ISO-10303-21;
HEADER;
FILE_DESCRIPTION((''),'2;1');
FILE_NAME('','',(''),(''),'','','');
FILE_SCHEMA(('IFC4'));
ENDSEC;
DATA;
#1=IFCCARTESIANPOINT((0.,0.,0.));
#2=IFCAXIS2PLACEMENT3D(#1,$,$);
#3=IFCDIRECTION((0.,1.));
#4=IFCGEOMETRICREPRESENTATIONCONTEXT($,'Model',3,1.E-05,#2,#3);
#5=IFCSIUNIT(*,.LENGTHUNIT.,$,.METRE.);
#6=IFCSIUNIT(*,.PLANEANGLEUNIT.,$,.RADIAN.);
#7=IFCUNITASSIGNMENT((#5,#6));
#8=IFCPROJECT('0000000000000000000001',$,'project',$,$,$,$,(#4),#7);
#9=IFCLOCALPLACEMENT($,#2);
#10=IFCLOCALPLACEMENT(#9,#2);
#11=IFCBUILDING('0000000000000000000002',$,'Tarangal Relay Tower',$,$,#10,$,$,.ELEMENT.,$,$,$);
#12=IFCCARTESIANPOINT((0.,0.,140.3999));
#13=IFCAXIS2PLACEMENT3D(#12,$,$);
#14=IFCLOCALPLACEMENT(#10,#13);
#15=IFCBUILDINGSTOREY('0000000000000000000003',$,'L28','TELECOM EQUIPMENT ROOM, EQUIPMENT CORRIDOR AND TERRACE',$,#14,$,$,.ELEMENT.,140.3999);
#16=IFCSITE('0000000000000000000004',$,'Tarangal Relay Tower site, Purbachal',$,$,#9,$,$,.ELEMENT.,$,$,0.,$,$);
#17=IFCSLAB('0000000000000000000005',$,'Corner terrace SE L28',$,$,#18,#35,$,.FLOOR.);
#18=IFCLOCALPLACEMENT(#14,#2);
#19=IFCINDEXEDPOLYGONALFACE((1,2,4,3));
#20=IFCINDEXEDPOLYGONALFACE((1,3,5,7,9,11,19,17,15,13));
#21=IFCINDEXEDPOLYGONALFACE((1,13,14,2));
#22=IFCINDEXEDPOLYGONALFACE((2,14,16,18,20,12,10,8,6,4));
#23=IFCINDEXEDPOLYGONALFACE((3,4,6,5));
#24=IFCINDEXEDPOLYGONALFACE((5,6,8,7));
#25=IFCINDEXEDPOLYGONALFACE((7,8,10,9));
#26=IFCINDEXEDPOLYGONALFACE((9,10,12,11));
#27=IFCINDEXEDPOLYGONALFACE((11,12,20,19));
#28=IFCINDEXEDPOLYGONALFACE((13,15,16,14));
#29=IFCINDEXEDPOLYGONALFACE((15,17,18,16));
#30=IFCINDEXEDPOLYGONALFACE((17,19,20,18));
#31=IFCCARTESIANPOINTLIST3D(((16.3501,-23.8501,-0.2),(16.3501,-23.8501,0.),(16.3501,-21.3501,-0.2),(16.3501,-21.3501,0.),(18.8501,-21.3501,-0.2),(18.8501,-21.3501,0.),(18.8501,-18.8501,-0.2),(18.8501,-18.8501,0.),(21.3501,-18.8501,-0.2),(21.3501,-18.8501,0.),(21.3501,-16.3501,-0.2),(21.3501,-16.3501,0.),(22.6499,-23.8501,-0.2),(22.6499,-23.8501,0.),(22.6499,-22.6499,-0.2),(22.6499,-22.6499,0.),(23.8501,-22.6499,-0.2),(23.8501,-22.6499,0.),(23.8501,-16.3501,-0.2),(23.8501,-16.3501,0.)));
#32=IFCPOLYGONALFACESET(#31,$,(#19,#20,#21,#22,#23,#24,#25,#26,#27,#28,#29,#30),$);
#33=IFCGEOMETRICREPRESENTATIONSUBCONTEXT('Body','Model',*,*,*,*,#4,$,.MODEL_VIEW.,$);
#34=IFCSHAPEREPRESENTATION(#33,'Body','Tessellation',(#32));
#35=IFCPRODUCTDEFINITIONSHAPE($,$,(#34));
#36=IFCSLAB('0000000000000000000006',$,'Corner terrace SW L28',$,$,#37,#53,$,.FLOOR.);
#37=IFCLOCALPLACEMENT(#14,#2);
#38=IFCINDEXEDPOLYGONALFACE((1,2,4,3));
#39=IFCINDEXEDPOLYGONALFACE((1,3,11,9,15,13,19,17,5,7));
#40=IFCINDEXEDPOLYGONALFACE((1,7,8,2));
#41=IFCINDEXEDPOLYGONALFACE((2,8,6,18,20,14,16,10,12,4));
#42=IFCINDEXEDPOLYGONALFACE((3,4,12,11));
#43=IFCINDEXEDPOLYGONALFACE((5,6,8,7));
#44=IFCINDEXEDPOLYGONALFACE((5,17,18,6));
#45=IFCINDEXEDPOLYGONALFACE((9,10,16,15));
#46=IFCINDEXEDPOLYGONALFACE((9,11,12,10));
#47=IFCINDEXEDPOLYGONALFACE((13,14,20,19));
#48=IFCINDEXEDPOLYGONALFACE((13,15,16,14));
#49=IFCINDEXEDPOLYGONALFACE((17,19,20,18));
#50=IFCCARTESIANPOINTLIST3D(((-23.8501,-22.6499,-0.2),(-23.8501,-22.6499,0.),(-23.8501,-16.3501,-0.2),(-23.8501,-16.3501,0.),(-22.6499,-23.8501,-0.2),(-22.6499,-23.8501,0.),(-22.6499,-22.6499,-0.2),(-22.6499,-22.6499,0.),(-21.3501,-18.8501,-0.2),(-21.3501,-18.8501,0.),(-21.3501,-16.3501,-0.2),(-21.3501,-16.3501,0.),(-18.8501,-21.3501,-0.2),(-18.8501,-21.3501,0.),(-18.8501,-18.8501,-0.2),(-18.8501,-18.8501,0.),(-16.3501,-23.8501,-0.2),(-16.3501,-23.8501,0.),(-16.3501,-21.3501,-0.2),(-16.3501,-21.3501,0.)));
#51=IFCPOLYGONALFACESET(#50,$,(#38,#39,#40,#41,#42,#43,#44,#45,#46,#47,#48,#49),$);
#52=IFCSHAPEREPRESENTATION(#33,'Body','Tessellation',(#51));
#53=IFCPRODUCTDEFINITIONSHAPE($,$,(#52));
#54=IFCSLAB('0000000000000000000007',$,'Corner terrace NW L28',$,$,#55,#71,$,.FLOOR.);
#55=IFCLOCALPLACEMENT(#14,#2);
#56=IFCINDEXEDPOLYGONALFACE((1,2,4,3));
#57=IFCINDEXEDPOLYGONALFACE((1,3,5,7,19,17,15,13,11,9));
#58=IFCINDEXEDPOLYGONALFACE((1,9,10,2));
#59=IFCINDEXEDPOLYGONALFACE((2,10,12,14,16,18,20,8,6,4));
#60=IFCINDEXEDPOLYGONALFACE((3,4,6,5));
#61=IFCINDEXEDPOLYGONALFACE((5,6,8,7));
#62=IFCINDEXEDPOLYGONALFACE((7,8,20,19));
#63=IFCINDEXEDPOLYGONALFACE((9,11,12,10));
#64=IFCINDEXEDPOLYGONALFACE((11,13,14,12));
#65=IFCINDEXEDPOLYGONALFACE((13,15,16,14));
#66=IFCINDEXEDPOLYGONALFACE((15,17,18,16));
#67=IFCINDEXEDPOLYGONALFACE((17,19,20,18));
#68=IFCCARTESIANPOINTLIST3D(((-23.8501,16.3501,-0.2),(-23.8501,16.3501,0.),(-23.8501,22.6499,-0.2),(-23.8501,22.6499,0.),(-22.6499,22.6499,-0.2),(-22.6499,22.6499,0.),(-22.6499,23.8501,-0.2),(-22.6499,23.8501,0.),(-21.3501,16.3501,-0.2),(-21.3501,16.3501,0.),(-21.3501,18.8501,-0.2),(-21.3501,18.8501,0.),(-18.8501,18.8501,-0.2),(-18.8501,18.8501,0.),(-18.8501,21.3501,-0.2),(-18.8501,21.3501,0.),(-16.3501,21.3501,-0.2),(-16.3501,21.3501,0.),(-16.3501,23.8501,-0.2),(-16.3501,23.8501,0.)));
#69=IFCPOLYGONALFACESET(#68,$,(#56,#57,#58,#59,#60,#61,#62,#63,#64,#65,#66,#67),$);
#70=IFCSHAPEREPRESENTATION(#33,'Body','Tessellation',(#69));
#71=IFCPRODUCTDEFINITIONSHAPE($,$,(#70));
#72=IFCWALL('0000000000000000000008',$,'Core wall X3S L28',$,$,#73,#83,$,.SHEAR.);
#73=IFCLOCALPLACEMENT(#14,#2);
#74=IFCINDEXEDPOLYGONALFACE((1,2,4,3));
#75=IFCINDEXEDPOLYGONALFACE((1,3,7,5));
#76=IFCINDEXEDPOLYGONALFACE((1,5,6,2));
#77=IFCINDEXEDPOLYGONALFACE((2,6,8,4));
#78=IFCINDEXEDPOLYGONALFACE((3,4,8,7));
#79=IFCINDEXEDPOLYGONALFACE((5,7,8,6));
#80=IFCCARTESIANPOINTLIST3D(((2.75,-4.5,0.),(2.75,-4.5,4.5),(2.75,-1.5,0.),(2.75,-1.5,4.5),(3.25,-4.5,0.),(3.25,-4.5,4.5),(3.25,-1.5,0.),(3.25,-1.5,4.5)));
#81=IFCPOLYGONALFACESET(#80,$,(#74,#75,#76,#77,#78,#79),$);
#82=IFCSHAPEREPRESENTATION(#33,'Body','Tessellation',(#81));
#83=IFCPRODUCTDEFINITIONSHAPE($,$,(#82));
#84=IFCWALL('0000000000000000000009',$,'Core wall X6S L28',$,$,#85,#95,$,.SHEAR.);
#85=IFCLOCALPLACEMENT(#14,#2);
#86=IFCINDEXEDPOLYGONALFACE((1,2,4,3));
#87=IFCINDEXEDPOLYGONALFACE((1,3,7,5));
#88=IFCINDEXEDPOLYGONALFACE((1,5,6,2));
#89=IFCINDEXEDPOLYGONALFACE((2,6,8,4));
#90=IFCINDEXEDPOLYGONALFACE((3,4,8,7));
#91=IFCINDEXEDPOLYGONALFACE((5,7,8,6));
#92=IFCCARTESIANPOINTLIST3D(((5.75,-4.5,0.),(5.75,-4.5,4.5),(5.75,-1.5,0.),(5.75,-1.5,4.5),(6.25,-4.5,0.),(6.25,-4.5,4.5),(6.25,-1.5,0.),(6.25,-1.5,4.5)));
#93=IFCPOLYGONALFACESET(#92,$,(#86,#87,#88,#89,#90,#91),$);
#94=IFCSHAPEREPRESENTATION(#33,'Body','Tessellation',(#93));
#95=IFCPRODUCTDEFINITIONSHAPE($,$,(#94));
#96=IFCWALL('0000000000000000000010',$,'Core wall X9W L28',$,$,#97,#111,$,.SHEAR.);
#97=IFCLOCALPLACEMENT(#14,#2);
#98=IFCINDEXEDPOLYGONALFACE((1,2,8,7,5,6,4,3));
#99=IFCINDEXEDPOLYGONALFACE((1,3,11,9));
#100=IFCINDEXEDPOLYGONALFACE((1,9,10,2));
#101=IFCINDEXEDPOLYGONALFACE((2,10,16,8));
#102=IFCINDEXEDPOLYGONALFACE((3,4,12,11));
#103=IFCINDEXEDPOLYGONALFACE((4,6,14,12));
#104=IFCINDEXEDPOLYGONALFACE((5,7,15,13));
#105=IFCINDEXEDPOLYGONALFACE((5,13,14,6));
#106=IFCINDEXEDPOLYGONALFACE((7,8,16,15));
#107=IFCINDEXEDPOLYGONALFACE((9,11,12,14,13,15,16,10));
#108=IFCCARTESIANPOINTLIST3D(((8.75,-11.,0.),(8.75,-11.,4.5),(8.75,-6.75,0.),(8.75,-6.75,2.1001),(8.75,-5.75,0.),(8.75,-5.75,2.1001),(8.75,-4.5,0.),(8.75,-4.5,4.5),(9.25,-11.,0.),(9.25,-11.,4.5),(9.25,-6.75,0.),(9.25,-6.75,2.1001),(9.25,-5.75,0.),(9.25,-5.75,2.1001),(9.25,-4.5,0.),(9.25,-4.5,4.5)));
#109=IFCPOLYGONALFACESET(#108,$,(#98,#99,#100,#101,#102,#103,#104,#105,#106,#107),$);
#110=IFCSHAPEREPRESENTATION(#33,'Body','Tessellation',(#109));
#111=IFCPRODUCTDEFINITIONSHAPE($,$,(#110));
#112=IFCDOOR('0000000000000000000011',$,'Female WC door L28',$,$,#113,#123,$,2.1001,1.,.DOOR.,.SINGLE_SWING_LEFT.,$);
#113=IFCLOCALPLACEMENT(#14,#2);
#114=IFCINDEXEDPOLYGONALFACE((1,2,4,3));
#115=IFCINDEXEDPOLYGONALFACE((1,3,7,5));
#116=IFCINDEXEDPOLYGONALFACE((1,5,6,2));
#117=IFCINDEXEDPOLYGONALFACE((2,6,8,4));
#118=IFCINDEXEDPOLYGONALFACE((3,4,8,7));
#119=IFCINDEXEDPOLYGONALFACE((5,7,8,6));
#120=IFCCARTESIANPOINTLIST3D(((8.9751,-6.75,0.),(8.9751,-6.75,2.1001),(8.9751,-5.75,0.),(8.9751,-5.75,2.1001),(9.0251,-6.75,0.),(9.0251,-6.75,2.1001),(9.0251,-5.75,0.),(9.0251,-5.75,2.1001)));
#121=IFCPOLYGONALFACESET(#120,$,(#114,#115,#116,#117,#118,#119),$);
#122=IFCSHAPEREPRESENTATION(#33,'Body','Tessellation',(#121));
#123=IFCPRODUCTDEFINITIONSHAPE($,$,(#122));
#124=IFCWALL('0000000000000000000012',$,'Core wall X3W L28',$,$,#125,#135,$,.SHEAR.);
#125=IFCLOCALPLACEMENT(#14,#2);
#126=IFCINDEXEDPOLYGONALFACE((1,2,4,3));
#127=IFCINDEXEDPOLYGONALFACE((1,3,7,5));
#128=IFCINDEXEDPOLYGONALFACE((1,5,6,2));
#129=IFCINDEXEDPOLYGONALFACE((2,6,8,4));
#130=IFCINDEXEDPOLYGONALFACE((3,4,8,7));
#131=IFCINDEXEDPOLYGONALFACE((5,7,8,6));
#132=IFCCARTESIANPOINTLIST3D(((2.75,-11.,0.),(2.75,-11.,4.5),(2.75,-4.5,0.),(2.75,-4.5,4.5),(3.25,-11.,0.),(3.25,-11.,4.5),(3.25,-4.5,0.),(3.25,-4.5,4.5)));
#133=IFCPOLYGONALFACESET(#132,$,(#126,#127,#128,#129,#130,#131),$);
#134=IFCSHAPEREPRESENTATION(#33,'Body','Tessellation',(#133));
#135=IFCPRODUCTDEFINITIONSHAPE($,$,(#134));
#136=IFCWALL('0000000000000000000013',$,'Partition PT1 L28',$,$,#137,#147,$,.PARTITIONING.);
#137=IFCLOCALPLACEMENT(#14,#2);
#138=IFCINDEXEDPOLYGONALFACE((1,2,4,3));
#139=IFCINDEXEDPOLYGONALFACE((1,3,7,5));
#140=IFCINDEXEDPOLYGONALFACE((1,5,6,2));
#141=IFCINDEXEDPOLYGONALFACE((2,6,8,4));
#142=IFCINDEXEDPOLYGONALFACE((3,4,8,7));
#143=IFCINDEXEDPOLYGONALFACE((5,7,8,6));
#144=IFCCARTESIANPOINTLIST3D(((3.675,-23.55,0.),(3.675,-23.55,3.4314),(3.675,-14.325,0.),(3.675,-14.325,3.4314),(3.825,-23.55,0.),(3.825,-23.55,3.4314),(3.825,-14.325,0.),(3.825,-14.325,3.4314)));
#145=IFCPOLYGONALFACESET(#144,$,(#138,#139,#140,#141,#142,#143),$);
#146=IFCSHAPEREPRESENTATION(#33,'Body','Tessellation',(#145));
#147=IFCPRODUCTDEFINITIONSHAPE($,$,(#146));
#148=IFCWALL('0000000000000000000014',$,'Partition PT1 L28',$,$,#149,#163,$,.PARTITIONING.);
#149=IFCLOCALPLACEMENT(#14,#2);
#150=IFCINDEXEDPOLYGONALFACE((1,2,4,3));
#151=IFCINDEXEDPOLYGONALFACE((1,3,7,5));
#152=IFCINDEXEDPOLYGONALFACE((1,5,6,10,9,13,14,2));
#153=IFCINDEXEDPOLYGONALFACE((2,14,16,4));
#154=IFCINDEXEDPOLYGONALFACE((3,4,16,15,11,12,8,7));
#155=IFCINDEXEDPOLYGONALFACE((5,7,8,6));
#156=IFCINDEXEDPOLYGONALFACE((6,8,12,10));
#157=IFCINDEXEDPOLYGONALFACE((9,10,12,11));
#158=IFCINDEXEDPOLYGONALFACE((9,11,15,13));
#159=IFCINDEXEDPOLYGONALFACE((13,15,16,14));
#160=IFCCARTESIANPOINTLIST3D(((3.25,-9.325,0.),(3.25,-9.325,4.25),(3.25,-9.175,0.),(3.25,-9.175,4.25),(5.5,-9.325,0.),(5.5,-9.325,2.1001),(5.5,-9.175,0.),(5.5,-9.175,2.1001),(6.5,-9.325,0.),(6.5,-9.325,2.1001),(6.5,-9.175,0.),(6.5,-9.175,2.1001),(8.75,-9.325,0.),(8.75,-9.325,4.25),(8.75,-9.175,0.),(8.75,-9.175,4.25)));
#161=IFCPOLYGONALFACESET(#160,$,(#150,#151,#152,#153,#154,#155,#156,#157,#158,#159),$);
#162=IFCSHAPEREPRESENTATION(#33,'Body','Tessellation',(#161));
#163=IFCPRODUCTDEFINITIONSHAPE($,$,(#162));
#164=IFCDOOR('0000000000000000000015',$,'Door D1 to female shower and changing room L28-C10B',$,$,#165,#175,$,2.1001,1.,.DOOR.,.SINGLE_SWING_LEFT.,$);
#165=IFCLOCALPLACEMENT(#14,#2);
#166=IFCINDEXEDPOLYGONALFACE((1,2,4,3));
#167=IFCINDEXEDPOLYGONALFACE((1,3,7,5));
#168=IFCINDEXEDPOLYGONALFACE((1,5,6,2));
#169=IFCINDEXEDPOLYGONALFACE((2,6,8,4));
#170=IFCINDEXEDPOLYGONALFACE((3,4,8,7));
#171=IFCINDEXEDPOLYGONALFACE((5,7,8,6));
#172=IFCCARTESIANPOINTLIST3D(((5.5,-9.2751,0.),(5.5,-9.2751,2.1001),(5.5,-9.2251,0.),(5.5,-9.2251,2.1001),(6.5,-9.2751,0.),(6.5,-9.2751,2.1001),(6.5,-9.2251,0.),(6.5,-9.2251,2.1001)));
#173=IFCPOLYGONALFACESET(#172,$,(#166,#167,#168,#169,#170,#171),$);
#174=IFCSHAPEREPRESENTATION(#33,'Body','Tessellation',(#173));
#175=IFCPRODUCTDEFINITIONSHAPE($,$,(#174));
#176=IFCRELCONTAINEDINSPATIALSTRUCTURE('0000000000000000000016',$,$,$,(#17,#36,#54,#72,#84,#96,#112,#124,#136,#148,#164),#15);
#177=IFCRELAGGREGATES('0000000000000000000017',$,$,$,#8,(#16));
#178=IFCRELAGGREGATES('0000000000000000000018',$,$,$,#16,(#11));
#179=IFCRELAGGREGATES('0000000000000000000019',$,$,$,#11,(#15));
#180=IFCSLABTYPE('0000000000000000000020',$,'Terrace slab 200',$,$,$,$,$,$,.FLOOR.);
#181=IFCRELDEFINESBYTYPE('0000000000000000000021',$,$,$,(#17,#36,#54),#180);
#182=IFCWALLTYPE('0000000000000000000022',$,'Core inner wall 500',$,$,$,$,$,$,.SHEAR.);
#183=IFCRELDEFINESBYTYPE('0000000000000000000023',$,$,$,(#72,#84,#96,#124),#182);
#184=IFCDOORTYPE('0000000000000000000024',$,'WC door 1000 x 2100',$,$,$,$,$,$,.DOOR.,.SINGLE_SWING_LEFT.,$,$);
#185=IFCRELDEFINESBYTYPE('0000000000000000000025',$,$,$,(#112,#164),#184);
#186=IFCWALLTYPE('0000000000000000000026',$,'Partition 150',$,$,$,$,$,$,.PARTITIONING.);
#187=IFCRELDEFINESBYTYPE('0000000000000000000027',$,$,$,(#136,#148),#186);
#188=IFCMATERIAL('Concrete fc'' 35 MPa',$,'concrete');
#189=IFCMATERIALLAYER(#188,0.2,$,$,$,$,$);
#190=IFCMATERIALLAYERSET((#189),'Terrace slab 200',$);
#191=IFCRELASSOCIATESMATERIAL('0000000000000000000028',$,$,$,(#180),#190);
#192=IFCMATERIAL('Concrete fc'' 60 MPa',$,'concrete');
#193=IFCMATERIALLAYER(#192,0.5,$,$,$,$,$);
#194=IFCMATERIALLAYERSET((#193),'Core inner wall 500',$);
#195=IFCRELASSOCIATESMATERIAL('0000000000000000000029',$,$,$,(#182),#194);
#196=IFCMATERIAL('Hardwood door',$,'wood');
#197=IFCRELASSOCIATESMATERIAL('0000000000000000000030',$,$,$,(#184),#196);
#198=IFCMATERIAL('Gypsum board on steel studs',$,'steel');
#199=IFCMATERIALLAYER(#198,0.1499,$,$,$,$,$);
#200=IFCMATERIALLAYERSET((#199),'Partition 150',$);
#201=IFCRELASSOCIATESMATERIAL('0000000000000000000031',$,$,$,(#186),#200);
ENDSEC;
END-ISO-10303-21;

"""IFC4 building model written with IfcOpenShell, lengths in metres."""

from ifc_helpers import new_model, si_unit, direction, frame, frame_2d, origin, place, context, subcontext, project, spatial, polyline, rectangle, outline, extrude, material, layer, layer_set, type_object, element, fill, save


model = new_model("IFC4")

# Units and contexts
model_context = context("Model", 3, precision=1e-05, world=origin(), true_north=direction((0.0, 1.0)))
body_context = subcontext(model_context, "Body", "Model", "MODEL_VIEW")
ifc_project = project(units=[si_unit("LENGTHUNIT", "METRE"), si_unit("PLANEANGLEUNIT", "RADIAN")], contexts=[model_context])

# Site, building, storey
site_placement = place(None, origin())
site = spatial("IfcSite", under=ifc_project, at=site_placement, Name="Tarangal Relay Tower site, Purbachal", CompositionType="ELEMENT", RefElevation=0.0)
building_placement = place(site_placement, origin())
building = spatial("IfcBuilding", under=site, at=building_placement, Name="Tarangal Relay Tower", CompositionType="ELEMENT")
storey_placement = place(building_placement, frame((0.0, 0.0, 140.3999)))
storey = spatial("IfcBuildingStorey", under=building, at=storey_placement, Name="L28", Description="TELECOM EQUIPMENT ROOM, EQUIPMENT CORRIDOR AND TERRACE", CompositionType="ELEMENT", Elevation=140.3999)

# Slabs
ifc_material_1 = material(Name="Concrete fc' 35 MPa", Category="concrete")
ifc_layer_1 = layer(ifc_material_1, 0.2)
ifc_layer_set_1 = layer_set([ifc_layer_1], Name="Terrace slab 200")
slab_type_1 = type_object("IfcSlabType", Name="Terrace slab 200", PredefinedType="FLOOR", material=ifc_layer_set_1)
slab_1_placement = place(storey_placement, frame((0.0, 0.0, -0.2)))
element("IfcSlab", 1, at=slab_1_placement, inside=storey, type_object=slab_type_1, Name="Corner terrace SE L28", PredefinedType="FLOOR", context=body_context, shape_type="SweptSolid", body=[
    extrude(outline(polyline([(23.8501, -16.3501), (21.3501, -16.3501), (21.3501, -18.8501), (18.8501, -18.8501), (18.8501, -21.3501), (16.3501, -21.3501), (16.3501, -23.8501), (22.6499, -23.8501), (22.6499, -22.6499), (23.8501, -22.6499), (23.8501, -16.3501)])), origin(), (0.0, 0.0, 1.0), 0.2),
])
slab_2_placement = place(storey_placement, frame((0.0, 0.0, -0.2)))
element("IfcSlab", 2, at=slab_2_placement, inside=storey, type_object=slab_type_1, Name="Corner terrace SW L28", PredefinedType="FLOOR", context=body_context, shape_type="SweptSolid", body=[
    extrude(outline(polyline([(-16.3501, -23.8501), (-16.3501, -21.3501), (-18.8501, -21.3501), (-18.8501, -18.8501), (-21.3501, -18.8501), (-21.3501, -16.3501), (-23.8501, -16.3501), (-23.8501, -22.6499), (-22.6499, -22.6499), (-22.6499, -23.8501), (-16.3501, -23.8501)])), origin(), (0.0, 0.0, 1.0), 0.2),
])
slab_3_placement = place(storey_placement, frame((0.0, 0.0, -0.2)))
element("IfcSlab", 3, at=slab_3_placement, inside=storey, type_object=slab_type_1, Name="Corner terrace NW L28", PredefinedType="FLOOR", context=body_context, shape_type="SweptSolid", body=[
    extrude(outline(polyline([(-23.8501, 16.3501), (-21.3501, 16.3501), (-21.3501, 18.8501), (-18.8501, 18.8501), (-18.8501, 21.3501), (-16.3501, 21.3501), (-16.3501, 23.8501), (-22.6499, 23.8501), (-22.6499, 22.6499), (-23.8501, 22.6499), (-23.8501, 16.3501)])), origin(), (0.0, 0.0, 1.0), 0.2),
])

# Walls
ifc_material_2 = material(Name="Concrete fc' 60 MPa", Category="concrete")
ifc_layer_2 = layer(ifc_material_2, 0.5)
ifc_layer_set_2 = layer_set([ifc_layer_2], Name="Core inner wall 500")
wall_type_1 = type_object("IfcWallType", Name="Core inner wall 500", PredefinedType="SHEAR", material=ifc_layer_set_2)
for number, where, z_axis, x_axis, name in (
    (4, (3.0, -4.5, 0.0), (0.0, 0.0, 1.0), (0.0, 1.0, 0.0), "Core wall X3S L28"),
    (5, (6.0, -4.5, 0.0), (0.0, 0.0, 1.0), (0.0, 1.0, 0.0), "Core wall X6S L28"),
):
    element("IfcWall", number, at=place(storey_placement, frame(where, z_axis=z_axis, x_axis=x_axis)), inside=storey, type_object=wall_type_1, Name=name, PredefinedType="SHEAR", context=body_context, shape_type="SweptSolid", body=[
        extrude(rectangle(XDim=3.0, YDim=0.5, at=frame_2d((1.5, 0.0))), origin(), (0.0, 0.0, 1.0), 4.5),
    ])

# Wall, opening, door
wall_1_placement = place(storey_placement, frame((9.0, -11.0, 0.0), z_axis=(0.0, 0.0, 1.0), x_axis=(0.0, 1.0, 0.0)))
wall_1 = element("IfcWall", 6, at=wall_1_placement, inside=storey, type_object=wall_type_1, Name="Core wall X9W L28", PredefinedType="SHEAR", context=body_context, shape_type="SweptSolid", body=[
    extrude(rectangle(XDim=6.5, YDim=0.5, at=frame_2d((3.25, 0.0))), origin(), (0.0, 0.0, 1.0), 4.5),
])
opening_1_placement = place(wall_1_placement, frame((4.25, 0.0, 0.0)))
opening_1 = element("IfcOpeningElement", 7, at=opening_1_placement, cuts=wall_1, PredefinedType="OPENING", context=body_context, shape_type="SweptSolid", body=[
    extrude(rectangle(XDim=1.0, YDim=2.1001, at=frame_2d((0.5, 1.05))), frame((0.0, 0.26, 0.0), z_axis=(0.0, -1.0, 0.0), x_axis=(1.0, 0.0, 0.0)), (0.0, 0.0, 1.0), 0.52),
])
ifc_material_3 = material(Name="Hardwood door", Category="wood")
door_type = type_object("IfcDoorType", Name="WC door 1000 x 2100", OperationType="SINGLE_SWING_LEFT", PredefinedType="DOOR", material=ifc_material_3)
door_1_placement = place(opening_1_placement, origin())
door_1 = element("IfcDoor", 8, at=door_1_placement, inside=storey, type_object=door_type, Name="Female WC door L28", OperationType="SINGLE_SWING_LEFT", OverallHeight=2.1001, OverallWidth=1.0, PredefinedType="DOOR", context=body_context, shape_type="SweptSolid", body=[
    extrude(rectangle(XDim=1.0, YDim=2.1001, at=frame_2d((0.5, 1.05))), frame((0.0, 0.0249, 0.0), z_axis=(0.0, -1.0, 0.0), x_axis=(1.0, 0.0, 0.0)), (0.0, 0.0, 1.0), 0.05),
])
fill(opening_1, door_1)

# Walls
wall_2_placement = place(storey_placement, frame((3.0, -11.0, 0.0), z_axis=(0.0, 0.0, 1.0), x_axis=(0.0, 1.0, 0.0)))
element("IfcWall", 9, at=wall_2_placement, inside=storey, type_object=wall_type_1, Name="Core wall X3W L28", PredefinedType="SHEAR", context=body_context, shape_type="SweptSolid", body=[
    extrude(rectangle(XDim=6.5, YDim=0.5, at=frame_2d((3.25, 0.0))), origin(), (0.0, 0.0, 1.0), 4.5),
])
ifc_material_4 = material(Name="Gypsum board on steel studs", Category="steel")
ifc_layer_3 = layer(ifc_material_4, 0.1499)
ifc_layer_set_3 = layer_set([ifc_layer_3], Name="Partition 150")
wall_type_2 = type_object("IfcWallType", Name="Partition 150", PredefinedType="PARTITIONING", material=ifc_layer_set_3)
wall_3_placement = place(storey_placement, frame((3.75, -23.55, 0.0), z_axis=(0.0, 0.0, 1.0), x_axis=(0.0, 1.0, 0.0)))
element("IfcWall", 10, at=wall_3_placement, inside=storey, type_object=wall_type_2, Name="Partition PT1 L28", PredefinedType="PARTITIONING", context=body_context, shape_type="SweptSolid", body=[
    extrude(rectangle(XDim=9.2251, YDim=0.1499, at=frame_2d((4.6125, 0.0))), origin(), (0.0, 0.0, 1.0), 3.4314),
])

# Wall, opening, door
wall_4_placement = place(storey_placement, frame((3.25, -9.25, 0.0), z_axis=(0.0, 0.0, 1.0), x_axis=(1.0, 0.0, 0.0)))
wall_4 = element("IfcWall", 11, at=wall_4_placement, inside=storey, type_object=wall_type_2, Name="Partition PT1 L28", PredefinedType="PARTITIONING", context=body_context, shape_type="SweptSolid", body=[
    extrude(rectangle(XDim=5.5, YDim=0.1499, at=frame_2d((2.75, 0.0))), origin(), (0.0, 0.0, 1.0), 4.25),
])
opening_2_placement = place(wall_4_placement, frame((2.25, 0.0, 0.0)))
opening_2 = element("IfcOpeningElement", 12, at=opening_2_placement, cuts=wall_4, PredefinedType="OPENING", context=body_context, shape_type="SweptSolid", body=[
    extrude(rectangle(XDim=1.0, YDim=2.1001, at=frame_2d((0.5, 1.05))), frame((0.0, 0.085, 0.0), z_axis=(0.0, -1.0, 0.0), x_axis=(1.0, 0.0, 0.0)), (0.0, 0.0, 1.0), 0.1699),
])
door_2_placement = place(opening_2_placement, origin())
door_2 = element("IfcDoor", 13, at=door_2_placement, inside=storey, type_object=door_type, Name="Door D1 to female shower and changing room L28-C10B", OperationType="SINGLE_SWING_LEFT", OverallHeight=2.1001, OverallWidth=1.0, PredefinedType="DOOR", context=body_context, shape_type="SweptSolid", body=[
    extrude(rectangle(XDim=1.0, YDim=2.1001, at=frame_2d((0.5, 1.05))), frame((0.0, 0.0249, 0.0), z_axis=(0.0, -1.0, 0.0), x_axis=(1.0, 0.0, 0.0)), (0.0, 0.0, 1.0), 0.05),
])
fill(opening_2, door_2)

save(model, "model.ifc")
